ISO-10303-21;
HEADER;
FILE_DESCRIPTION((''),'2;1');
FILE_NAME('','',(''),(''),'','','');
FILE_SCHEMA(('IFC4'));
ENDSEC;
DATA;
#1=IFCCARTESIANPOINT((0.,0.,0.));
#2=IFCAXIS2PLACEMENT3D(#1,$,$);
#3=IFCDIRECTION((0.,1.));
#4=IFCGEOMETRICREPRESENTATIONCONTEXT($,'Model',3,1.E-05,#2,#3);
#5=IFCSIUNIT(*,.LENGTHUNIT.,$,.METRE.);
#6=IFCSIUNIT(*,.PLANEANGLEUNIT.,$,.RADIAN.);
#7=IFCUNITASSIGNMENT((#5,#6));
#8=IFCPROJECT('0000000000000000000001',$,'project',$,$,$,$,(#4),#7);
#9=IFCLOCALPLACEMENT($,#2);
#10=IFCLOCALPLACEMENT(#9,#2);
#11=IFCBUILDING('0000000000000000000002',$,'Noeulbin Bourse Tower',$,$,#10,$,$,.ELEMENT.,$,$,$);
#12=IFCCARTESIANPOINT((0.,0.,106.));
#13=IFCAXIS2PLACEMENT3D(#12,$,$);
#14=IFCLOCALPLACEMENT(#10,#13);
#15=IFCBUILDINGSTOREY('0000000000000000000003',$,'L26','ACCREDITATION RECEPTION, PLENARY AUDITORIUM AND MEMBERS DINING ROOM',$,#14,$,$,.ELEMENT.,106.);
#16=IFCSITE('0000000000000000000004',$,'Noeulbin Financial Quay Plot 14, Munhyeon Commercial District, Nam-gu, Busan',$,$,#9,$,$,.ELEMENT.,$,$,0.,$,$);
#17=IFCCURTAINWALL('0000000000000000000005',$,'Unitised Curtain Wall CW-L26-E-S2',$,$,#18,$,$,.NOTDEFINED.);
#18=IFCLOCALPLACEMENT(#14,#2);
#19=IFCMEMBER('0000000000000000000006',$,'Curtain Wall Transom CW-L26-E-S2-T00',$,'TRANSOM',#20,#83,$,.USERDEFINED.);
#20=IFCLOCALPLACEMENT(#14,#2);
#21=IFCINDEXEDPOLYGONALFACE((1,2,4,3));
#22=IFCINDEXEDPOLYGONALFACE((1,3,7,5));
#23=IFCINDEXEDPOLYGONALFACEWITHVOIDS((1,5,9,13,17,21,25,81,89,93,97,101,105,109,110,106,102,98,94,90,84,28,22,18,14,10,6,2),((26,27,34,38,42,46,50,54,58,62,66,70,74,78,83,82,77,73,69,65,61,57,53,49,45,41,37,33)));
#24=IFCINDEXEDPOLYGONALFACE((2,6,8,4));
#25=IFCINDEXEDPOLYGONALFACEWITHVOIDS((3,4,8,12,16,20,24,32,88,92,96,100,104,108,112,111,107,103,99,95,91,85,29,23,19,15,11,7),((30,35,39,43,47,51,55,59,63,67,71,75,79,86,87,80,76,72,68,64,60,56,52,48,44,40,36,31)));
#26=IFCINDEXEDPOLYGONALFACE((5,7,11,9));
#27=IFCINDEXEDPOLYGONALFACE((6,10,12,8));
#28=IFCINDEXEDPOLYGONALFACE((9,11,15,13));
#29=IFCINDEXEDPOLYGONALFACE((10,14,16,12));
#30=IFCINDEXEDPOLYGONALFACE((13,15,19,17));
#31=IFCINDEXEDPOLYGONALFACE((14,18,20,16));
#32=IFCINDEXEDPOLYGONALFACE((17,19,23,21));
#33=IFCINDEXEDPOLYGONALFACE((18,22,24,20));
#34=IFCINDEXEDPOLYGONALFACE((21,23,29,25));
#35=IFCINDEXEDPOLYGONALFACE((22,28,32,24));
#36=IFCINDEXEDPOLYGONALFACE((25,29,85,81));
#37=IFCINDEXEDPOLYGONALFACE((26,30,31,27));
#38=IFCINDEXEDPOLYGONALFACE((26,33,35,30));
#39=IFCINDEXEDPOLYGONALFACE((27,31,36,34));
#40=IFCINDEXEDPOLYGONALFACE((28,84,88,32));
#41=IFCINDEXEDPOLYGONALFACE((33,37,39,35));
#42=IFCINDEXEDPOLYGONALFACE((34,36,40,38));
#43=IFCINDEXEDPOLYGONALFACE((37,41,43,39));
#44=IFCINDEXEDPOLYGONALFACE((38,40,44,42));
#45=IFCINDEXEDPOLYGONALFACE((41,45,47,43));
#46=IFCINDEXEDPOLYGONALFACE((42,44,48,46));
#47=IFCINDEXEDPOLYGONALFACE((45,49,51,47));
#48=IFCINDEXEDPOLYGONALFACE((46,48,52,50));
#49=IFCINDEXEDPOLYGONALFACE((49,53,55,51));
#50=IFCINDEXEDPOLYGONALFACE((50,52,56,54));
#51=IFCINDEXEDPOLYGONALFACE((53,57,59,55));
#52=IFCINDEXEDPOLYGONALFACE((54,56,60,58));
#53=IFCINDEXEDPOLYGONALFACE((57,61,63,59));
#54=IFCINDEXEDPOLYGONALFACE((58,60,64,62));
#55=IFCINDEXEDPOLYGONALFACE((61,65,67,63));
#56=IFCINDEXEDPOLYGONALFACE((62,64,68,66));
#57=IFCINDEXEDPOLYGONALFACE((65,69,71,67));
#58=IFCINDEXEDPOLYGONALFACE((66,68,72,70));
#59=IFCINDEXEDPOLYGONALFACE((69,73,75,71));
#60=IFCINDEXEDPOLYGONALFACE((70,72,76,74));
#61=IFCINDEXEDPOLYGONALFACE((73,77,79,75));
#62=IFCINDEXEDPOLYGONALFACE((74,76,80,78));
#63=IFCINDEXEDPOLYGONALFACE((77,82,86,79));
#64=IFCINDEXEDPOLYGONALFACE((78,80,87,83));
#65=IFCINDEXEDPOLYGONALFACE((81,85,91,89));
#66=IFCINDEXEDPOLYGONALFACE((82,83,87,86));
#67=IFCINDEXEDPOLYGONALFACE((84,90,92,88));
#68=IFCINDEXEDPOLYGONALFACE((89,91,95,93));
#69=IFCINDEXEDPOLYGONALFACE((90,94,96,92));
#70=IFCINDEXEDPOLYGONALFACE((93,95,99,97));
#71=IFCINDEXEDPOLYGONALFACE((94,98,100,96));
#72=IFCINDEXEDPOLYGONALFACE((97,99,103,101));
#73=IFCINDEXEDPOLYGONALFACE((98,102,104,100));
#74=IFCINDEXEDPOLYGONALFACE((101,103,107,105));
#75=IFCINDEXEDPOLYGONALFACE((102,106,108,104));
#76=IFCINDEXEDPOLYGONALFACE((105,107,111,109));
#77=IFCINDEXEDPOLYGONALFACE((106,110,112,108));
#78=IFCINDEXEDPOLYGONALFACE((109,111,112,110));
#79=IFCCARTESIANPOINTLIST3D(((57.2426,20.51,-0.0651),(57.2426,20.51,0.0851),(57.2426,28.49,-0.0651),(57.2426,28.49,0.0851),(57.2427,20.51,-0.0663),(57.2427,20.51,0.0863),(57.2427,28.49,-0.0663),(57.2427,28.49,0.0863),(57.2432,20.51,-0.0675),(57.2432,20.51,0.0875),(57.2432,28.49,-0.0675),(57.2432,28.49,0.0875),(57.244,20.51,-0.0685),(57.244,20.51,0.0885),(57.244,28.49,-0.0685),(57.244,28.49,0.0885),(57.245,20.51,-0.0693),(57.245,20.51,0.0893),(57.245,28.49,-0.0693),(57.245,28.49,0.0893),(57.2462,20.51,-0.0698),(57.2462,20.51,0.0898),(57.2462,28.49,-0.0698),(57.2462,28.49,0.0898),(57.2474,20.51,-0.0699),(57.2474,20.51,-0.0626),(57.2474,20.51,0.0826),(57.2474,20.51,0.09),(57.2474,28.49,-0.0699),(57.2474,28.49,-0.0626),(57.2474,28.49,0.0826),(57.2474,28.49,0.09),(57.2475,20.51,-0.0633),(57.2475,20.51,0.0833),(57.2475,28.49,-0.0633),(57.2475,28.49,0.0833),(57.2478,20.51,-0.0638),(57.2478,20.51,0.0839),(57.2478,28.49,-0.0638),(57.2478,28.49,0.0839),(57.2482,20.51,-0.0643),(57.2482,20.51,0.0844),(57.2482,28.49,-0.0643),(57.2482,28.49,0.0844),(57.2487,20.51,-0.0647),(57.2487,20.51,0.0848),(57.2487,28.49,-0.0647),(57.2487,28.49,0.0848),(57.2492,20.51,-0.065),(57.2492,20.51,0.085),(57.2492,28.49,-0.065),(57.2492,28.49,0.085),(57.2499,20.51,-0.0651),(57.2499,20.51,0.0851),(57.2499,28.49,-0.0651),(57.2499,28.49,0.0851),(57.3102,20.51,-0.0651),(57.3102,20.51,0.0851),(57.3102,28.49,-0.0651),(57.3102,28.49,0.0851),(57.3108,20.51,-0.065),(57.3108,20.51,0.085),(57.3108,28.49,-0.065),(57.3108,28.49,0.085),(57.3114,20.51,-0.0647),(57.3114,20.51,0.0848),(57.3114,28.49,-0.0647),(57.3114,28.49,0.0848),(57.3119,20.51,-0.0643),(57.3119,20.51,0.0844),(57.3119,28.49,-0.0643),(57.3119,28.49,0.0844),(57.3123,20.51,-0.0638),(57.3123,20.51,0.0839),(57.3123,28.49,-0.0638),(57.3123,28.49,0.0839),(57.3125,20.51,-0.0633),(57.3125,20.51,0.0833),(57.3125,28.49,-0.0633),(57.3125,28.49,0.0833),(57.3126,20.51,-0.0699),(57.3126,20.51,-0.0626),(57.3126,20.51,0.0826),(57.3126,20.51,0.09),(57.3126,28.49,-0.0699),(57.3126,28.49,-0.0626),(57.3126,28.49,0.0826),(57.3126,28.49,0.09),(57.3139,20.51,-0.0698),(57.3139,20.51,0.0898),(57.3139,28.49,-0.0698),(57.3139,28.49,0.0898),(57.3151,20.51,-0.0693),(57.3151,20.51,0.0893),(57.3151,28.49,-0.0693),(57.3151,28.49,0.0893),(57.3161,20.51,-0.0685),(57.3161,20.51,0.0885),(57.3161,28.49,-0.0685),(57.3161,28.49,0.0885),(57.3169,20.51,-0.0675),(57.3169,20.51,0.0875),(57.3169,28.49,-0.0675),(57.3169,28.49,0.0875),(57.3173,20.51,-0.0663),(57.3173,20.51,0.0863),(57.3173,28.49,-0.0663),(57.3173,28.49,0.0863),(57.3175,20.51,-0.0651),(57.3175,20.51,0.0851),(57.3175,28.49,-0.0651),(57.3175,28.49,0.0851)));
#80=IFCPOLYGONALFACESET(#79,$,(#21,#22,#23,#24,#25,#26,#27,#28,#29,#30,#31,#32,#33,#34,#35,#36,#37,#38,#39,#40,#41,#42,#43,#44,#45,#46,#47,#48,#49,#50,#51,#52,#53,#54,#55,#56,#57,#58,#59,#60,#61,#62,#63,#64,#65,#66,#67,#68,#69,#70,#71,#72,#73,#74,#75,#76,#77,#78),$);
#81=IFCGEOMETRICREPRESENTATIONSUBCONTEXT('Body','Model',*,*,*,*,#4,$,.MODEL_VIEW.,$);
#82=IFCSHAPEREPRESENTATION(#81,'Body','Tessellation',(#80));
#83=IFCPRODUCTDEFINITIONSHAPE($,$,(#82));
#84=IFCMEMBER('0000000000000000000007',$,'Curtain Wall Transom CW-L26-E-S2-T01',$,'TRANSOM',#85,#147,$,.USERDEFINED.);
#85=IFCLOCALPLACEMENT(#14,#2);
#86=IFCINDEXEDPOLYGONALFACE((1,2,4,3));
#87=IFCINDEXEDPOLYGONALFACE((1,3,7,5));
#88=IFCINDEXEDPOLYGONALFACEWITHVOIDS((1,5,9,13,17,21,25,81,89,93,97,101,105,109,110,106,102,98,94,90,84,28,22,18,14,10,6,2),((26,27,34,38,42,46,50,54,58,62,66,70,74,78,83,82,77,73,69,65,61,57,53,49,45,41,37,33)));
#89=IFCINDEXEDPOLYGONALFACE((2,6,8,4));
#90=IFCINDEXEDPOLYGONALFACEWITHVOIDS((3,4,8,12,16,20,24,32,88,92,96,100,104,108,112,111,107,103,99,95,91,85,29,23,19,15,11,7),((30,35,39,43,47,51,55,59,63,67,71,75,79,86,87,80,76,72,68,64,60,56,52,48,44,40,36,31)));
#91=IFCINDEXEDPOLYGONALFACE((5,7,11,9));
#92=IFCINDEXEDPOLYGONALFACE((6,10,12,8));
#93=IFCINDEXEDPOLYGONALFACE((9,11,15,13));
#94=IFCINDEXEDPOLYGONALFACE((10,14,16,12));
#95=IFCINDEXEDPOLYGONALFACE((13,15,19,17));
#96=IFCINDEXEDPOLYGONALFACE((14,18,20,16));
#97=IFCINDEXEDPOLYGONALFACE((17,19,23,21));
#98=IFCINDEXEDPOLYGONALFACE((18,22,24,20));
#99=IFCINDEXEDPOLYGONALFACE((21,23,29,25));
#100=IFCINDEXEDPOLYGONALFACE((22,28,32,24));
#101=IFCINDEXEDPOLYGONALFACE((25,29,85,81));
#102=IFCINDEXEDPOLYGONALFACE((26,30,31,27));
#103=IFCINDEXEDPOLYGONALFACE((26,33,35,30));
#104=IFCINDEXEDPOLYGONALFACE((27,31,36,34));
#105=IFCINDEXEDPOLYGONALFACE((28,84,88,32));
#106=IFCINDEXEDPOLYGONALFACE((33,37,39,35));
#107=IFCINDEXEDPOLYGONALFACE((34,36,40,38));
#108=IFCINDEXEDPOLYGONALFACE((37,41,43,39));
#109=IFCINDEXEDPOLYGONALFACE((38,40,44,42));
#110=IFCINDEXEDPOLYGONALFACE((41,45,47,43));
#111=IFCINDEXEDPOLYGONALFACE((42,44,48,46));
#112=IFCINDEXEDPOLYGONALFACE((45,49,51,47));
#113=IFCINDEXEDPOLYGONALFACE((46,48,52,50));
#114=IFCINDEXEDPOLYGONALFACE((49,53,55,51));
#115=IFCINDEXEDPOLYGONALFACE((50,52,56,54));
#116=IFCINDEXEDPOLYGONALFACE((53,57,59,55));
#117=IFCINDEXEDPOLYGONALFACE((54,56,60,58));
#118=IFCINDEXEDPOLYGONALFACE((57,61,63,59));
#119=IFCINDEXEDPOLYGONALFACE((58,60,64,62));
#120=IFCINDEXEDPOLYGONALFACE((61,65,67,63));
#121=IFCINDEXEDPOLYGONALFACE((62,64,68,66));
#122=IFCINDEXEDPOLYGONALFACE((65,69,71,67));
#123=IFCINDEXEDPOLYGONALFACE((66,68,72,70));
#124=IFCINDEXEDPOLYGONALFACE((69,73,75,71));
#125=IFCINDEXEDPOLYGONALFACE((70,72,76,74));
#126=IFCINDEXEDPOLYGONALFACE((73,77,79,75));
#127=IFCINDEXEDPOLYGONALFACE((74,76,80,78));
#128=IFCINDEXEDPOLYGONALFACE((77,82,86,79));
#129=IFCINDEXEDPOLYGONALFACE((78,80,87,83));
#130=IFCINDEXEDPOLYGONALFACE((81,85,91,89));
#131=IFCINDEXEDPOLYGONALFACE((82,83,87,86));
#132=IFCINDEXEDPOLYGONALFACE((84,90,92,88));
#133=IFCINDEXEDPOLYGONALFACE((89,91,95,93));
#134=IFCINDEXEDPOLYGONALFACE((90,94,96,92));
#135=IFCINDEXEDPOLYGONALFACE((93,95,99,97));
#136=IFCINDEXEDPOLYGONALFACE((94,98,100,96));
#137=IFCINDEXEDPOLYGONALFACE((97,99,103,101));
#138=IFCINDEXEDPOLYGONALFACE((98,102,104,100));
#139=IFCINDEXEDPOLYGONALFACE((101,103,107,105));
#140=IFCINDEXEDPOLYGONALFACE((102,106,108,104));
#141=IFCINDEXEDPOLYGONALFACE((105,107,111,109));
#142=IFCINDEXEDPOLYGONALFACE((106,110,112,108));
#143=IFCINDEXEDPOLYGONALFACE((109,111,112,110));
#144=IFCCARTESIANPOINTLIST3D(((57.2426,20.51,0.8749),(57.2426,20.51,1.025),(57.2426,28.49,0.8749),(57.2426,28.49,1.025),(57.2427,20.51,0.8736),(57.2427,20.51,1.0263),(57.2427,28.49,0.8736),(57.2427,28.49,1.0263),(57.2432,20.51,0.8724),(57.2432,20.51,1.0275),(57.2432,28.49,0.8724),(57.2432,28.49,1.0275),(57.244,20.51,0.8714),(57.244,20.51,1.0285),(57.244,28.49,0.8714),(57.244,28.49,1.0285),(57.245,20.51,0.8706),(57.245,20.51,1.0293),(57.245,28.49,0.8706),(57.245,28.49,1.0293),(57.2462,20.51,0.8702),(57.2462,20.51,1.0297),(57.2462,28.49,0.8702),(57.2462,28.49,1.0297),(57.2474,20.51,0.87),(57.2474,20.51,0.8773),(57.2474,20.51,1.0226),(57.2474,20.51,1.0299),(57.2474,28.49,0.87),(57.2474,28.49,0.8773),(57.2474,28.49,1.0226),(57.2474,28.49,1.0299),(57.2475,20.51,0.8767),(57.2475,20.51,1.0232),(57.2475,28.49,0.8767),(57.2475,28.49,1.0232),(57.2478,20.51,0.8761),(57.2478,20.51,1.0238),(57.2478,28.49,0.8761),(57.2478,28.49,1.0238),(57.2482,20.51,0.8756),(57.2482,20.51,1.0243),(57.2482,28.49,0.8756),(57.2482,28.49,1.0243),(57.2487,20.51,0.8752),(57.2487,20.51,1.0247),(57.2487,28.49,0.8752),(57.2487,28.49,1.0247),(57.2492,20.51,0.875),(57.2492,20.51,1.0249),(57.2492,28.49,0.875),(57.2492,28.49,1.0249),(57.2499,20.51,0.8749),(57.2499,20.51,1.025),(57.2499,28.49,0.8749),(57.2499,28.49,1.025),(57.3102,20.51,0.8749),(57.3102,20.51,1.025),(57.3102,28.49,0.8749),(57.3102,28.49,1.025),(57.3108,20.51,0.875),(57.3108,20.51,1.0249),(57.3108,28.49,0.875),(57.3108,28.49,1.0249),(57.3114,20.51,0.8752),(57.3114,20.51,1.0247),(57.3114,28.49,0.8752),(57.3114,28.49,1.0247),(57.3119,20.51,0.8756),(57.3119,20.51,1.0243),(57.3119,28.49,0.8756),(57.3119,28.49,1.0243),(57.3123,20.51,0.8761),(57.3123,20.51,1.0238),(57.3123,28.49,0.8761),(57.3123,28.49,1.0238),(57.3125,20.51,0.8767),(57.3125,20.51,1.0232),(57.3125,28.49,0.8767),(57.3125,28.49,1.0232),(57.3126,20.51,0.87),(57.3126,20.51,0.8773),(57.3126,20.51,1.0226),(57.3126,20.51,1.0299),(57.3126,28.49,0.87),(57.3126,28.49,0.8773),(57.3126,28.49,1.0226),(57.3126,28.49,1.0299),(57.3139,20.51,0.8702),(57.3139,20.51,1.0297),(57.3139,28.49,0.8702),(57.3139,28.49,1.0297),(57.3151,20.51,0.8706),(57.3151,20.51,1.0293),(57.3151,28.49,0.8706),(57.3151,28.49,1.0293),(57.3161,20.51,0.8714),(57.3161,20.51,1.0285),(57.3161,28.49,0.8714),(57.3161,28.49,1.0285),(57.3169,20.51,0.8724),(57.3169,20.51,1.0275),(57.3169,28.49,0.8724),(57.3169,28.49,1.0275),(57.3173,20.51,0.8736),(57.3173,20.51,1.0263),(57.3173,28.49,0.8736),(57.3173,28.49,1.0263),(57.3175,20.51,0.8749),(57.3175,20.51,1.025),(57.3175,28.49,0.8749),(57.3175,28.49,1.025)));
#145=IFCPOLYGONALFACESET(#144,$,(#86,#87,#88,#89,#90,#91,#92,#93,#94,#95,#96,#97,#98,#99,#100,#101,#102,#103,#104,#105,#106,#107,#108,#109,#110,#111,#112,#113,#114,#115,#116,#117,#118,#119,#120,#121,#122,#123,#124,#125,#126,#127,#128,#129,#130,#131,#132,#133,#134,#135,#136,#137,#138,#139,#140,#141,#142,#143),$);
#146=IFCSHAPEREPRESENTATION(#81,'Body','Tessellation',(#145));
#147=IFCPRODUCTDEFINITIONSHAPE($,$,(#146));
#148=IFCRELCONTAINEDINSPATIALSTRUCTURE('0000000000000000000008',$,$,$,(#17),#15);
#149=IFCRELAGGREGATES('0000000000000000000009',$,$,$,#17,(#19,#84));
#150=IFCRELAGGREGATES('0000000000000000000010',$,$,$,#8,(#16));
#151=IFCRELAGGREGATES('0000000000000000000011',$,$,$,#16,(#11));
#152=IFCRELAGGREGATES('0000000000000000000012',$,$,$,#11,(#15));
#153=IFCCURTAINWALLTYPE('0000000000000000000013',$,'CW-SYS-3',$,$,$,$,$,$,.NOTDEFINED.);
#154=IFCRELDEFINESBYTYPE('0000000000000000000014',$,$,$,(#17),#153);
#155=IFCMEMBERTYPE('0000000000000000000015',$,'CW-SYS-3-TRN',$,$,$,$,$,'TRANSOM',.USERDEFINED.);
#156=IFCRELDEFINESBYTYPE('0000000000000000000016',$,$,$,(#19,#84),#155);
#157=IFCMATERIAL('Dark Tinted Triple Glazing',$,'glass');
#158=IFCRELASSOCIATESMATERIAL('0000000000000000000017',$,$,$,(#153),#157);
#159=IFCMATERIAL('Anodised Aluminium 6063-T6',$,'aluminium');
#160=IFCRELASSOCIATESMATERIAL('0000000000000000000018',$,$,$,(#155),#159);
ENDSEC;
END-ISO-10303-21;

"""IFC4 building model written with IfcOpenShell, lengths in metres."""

from ifc_helpers import new_model, si_unit, direction, frame, origin, origin_2d, place, context, subcontext, project, spatial, hollow_rectangle, extrude, material, material_profile, profile_set, type_object, element, aggregate, save


model = new_model("IFC4")

# Units and contexts
model_context = context("Model", 3, precision=1e-05, world=origin(), true_north=direction((0.0, 1.0)))
body_context = subcontext(model_context, "Body", "Model", "MODEL_VIEW")
ifc_project = project(units=[si_unit("LENGTHUNIT", "METRE"), si_unit("PLANEANGLEUNIT", "RADIAN")], contexts=[model_context])

# Site, building, storey
site_placement = place(None, origin())
site = spatial("IfcSite", under=ifc_project, at=site_placement, Name="Noeulbin Financial Quay Plot 14, Munhyeon Commercial District, Nam-gu, Busan", CompositionType="ELEMENT", RefElevation=0.0)
building_placement = place(site_placement, origin())
building = spatial("IfcBuilding", under=site, at=building_placement, Name="Noeulbin Bourse Tower", CompositionType="ELEMENT")
storey_placement = place(building_placement, frame((0.0, 0.0, 106.0)))
storey = spatial("IfcBuildingStorey", under=building, at=storey_placement, Name="L26", Description="ACCREDITATION RECEPTION, PLENARY AUDITORIUM AND MEMBERS DINING ROOM", CompositionType="ELEMENT", Elevation=106.0)

# Shared definitions
ifc_material_1 = material(Name="Dark Tinted Triple Glazing", Category="glass")
curtain_wall_type = type_object("IfcCurtainWallType", Name="CW-SYS-3", PredefinedType="NOTDEFINED", material=ifc_material_1)
ifc_material_2 = material(Name="Anodised Aluminium 6063-T6", Category="aluminium")

# Curtain wall, members
curtain_wall_1_placement = place(storey_placement, origin())
curtain_wall_1 = element("IfcCurtainWall", 1, at=curtain_wall_1_placement, inside=storey, type_object=curtain_wall_type, Name="Unitised Curtain Wall CW-L26-E-S2", PredefinedType="NOTDEFINED")
ifc_material_profile_1 = material_profile(ifc_material_2, hollow_rectangle(XDim=0.075, YDim=0.1599, WallThickness=0.0049, InnerFilletRadius=0.0024, OuterFilletRadius=0.0049, at=origin_2d()), Name="ALU-TRAN-75x160x5", Category="LoadBearing")
ifc_profile_set_1 = profile_set([ifc_material_profile_1], Name="Anodised Aluminium 6063-T6")
member_type_1 = type_object("IfcMemberType", Name="CW-SYS-3-TRN", ElementType="TRANSOM", PredefinedType="USERDEFINED", material=ifc_profile_set_1)
member_1_placement = place(storey_placement, frame((57.28, 20.51, 0.01), z_axis=(0.0, 1.0, 0.0), x_axis=(-1.0, 0.0, 0.0)))
member_1 = element("IfcMember", 2, at=member_1_placement, type_object=member_type_1, Name="Curtain Wall Transom CW-L26-E-S2-T00", ObjectType="TRANSOM", PredefinedType="USERDEFINED", context=body_context, shape_type="SweptSolid", body=[
    extrude(hollow_rectangle(XDim=0.075, YDim=0.1599, WallThickness=0.0049, InnerFilletRadius=0.0024, OuterFilletRadius=0.0049, at=origin_2d()), origin(), (0.0, 0.0, 1.0), 7.98),
])
member_2_placement = place(storey_placement, frame((57.28, 20.51, 0.95), z_axis=(0.0, 1.0, 0.0), x_axis=(-1.0, 0.0, 0.0)))
member_2 = element("IfcMember", 3, at=member_2_placement, type_object=member_type_1, Name="Curtain Wall Transom CW-L26-E-S2-T01", ObjectType="TRANSOM", PredefinedType="USERDEFINED", context=body_context, shape_type="SweptSolid", body=[
    extrude(hollow_rectangle(XDim=0.075, YDim=0.1599, WallThickness=0.0049, InnerFilletRadius=0.0024, OuterFilletRadius=0.0049, at=origin_2d()), origin(), (0.0, 0.0, 1.0), 7.98),
])

aggregate(curtain_wall_1, [member_1, member_2])

save(model, "model.ifc")
